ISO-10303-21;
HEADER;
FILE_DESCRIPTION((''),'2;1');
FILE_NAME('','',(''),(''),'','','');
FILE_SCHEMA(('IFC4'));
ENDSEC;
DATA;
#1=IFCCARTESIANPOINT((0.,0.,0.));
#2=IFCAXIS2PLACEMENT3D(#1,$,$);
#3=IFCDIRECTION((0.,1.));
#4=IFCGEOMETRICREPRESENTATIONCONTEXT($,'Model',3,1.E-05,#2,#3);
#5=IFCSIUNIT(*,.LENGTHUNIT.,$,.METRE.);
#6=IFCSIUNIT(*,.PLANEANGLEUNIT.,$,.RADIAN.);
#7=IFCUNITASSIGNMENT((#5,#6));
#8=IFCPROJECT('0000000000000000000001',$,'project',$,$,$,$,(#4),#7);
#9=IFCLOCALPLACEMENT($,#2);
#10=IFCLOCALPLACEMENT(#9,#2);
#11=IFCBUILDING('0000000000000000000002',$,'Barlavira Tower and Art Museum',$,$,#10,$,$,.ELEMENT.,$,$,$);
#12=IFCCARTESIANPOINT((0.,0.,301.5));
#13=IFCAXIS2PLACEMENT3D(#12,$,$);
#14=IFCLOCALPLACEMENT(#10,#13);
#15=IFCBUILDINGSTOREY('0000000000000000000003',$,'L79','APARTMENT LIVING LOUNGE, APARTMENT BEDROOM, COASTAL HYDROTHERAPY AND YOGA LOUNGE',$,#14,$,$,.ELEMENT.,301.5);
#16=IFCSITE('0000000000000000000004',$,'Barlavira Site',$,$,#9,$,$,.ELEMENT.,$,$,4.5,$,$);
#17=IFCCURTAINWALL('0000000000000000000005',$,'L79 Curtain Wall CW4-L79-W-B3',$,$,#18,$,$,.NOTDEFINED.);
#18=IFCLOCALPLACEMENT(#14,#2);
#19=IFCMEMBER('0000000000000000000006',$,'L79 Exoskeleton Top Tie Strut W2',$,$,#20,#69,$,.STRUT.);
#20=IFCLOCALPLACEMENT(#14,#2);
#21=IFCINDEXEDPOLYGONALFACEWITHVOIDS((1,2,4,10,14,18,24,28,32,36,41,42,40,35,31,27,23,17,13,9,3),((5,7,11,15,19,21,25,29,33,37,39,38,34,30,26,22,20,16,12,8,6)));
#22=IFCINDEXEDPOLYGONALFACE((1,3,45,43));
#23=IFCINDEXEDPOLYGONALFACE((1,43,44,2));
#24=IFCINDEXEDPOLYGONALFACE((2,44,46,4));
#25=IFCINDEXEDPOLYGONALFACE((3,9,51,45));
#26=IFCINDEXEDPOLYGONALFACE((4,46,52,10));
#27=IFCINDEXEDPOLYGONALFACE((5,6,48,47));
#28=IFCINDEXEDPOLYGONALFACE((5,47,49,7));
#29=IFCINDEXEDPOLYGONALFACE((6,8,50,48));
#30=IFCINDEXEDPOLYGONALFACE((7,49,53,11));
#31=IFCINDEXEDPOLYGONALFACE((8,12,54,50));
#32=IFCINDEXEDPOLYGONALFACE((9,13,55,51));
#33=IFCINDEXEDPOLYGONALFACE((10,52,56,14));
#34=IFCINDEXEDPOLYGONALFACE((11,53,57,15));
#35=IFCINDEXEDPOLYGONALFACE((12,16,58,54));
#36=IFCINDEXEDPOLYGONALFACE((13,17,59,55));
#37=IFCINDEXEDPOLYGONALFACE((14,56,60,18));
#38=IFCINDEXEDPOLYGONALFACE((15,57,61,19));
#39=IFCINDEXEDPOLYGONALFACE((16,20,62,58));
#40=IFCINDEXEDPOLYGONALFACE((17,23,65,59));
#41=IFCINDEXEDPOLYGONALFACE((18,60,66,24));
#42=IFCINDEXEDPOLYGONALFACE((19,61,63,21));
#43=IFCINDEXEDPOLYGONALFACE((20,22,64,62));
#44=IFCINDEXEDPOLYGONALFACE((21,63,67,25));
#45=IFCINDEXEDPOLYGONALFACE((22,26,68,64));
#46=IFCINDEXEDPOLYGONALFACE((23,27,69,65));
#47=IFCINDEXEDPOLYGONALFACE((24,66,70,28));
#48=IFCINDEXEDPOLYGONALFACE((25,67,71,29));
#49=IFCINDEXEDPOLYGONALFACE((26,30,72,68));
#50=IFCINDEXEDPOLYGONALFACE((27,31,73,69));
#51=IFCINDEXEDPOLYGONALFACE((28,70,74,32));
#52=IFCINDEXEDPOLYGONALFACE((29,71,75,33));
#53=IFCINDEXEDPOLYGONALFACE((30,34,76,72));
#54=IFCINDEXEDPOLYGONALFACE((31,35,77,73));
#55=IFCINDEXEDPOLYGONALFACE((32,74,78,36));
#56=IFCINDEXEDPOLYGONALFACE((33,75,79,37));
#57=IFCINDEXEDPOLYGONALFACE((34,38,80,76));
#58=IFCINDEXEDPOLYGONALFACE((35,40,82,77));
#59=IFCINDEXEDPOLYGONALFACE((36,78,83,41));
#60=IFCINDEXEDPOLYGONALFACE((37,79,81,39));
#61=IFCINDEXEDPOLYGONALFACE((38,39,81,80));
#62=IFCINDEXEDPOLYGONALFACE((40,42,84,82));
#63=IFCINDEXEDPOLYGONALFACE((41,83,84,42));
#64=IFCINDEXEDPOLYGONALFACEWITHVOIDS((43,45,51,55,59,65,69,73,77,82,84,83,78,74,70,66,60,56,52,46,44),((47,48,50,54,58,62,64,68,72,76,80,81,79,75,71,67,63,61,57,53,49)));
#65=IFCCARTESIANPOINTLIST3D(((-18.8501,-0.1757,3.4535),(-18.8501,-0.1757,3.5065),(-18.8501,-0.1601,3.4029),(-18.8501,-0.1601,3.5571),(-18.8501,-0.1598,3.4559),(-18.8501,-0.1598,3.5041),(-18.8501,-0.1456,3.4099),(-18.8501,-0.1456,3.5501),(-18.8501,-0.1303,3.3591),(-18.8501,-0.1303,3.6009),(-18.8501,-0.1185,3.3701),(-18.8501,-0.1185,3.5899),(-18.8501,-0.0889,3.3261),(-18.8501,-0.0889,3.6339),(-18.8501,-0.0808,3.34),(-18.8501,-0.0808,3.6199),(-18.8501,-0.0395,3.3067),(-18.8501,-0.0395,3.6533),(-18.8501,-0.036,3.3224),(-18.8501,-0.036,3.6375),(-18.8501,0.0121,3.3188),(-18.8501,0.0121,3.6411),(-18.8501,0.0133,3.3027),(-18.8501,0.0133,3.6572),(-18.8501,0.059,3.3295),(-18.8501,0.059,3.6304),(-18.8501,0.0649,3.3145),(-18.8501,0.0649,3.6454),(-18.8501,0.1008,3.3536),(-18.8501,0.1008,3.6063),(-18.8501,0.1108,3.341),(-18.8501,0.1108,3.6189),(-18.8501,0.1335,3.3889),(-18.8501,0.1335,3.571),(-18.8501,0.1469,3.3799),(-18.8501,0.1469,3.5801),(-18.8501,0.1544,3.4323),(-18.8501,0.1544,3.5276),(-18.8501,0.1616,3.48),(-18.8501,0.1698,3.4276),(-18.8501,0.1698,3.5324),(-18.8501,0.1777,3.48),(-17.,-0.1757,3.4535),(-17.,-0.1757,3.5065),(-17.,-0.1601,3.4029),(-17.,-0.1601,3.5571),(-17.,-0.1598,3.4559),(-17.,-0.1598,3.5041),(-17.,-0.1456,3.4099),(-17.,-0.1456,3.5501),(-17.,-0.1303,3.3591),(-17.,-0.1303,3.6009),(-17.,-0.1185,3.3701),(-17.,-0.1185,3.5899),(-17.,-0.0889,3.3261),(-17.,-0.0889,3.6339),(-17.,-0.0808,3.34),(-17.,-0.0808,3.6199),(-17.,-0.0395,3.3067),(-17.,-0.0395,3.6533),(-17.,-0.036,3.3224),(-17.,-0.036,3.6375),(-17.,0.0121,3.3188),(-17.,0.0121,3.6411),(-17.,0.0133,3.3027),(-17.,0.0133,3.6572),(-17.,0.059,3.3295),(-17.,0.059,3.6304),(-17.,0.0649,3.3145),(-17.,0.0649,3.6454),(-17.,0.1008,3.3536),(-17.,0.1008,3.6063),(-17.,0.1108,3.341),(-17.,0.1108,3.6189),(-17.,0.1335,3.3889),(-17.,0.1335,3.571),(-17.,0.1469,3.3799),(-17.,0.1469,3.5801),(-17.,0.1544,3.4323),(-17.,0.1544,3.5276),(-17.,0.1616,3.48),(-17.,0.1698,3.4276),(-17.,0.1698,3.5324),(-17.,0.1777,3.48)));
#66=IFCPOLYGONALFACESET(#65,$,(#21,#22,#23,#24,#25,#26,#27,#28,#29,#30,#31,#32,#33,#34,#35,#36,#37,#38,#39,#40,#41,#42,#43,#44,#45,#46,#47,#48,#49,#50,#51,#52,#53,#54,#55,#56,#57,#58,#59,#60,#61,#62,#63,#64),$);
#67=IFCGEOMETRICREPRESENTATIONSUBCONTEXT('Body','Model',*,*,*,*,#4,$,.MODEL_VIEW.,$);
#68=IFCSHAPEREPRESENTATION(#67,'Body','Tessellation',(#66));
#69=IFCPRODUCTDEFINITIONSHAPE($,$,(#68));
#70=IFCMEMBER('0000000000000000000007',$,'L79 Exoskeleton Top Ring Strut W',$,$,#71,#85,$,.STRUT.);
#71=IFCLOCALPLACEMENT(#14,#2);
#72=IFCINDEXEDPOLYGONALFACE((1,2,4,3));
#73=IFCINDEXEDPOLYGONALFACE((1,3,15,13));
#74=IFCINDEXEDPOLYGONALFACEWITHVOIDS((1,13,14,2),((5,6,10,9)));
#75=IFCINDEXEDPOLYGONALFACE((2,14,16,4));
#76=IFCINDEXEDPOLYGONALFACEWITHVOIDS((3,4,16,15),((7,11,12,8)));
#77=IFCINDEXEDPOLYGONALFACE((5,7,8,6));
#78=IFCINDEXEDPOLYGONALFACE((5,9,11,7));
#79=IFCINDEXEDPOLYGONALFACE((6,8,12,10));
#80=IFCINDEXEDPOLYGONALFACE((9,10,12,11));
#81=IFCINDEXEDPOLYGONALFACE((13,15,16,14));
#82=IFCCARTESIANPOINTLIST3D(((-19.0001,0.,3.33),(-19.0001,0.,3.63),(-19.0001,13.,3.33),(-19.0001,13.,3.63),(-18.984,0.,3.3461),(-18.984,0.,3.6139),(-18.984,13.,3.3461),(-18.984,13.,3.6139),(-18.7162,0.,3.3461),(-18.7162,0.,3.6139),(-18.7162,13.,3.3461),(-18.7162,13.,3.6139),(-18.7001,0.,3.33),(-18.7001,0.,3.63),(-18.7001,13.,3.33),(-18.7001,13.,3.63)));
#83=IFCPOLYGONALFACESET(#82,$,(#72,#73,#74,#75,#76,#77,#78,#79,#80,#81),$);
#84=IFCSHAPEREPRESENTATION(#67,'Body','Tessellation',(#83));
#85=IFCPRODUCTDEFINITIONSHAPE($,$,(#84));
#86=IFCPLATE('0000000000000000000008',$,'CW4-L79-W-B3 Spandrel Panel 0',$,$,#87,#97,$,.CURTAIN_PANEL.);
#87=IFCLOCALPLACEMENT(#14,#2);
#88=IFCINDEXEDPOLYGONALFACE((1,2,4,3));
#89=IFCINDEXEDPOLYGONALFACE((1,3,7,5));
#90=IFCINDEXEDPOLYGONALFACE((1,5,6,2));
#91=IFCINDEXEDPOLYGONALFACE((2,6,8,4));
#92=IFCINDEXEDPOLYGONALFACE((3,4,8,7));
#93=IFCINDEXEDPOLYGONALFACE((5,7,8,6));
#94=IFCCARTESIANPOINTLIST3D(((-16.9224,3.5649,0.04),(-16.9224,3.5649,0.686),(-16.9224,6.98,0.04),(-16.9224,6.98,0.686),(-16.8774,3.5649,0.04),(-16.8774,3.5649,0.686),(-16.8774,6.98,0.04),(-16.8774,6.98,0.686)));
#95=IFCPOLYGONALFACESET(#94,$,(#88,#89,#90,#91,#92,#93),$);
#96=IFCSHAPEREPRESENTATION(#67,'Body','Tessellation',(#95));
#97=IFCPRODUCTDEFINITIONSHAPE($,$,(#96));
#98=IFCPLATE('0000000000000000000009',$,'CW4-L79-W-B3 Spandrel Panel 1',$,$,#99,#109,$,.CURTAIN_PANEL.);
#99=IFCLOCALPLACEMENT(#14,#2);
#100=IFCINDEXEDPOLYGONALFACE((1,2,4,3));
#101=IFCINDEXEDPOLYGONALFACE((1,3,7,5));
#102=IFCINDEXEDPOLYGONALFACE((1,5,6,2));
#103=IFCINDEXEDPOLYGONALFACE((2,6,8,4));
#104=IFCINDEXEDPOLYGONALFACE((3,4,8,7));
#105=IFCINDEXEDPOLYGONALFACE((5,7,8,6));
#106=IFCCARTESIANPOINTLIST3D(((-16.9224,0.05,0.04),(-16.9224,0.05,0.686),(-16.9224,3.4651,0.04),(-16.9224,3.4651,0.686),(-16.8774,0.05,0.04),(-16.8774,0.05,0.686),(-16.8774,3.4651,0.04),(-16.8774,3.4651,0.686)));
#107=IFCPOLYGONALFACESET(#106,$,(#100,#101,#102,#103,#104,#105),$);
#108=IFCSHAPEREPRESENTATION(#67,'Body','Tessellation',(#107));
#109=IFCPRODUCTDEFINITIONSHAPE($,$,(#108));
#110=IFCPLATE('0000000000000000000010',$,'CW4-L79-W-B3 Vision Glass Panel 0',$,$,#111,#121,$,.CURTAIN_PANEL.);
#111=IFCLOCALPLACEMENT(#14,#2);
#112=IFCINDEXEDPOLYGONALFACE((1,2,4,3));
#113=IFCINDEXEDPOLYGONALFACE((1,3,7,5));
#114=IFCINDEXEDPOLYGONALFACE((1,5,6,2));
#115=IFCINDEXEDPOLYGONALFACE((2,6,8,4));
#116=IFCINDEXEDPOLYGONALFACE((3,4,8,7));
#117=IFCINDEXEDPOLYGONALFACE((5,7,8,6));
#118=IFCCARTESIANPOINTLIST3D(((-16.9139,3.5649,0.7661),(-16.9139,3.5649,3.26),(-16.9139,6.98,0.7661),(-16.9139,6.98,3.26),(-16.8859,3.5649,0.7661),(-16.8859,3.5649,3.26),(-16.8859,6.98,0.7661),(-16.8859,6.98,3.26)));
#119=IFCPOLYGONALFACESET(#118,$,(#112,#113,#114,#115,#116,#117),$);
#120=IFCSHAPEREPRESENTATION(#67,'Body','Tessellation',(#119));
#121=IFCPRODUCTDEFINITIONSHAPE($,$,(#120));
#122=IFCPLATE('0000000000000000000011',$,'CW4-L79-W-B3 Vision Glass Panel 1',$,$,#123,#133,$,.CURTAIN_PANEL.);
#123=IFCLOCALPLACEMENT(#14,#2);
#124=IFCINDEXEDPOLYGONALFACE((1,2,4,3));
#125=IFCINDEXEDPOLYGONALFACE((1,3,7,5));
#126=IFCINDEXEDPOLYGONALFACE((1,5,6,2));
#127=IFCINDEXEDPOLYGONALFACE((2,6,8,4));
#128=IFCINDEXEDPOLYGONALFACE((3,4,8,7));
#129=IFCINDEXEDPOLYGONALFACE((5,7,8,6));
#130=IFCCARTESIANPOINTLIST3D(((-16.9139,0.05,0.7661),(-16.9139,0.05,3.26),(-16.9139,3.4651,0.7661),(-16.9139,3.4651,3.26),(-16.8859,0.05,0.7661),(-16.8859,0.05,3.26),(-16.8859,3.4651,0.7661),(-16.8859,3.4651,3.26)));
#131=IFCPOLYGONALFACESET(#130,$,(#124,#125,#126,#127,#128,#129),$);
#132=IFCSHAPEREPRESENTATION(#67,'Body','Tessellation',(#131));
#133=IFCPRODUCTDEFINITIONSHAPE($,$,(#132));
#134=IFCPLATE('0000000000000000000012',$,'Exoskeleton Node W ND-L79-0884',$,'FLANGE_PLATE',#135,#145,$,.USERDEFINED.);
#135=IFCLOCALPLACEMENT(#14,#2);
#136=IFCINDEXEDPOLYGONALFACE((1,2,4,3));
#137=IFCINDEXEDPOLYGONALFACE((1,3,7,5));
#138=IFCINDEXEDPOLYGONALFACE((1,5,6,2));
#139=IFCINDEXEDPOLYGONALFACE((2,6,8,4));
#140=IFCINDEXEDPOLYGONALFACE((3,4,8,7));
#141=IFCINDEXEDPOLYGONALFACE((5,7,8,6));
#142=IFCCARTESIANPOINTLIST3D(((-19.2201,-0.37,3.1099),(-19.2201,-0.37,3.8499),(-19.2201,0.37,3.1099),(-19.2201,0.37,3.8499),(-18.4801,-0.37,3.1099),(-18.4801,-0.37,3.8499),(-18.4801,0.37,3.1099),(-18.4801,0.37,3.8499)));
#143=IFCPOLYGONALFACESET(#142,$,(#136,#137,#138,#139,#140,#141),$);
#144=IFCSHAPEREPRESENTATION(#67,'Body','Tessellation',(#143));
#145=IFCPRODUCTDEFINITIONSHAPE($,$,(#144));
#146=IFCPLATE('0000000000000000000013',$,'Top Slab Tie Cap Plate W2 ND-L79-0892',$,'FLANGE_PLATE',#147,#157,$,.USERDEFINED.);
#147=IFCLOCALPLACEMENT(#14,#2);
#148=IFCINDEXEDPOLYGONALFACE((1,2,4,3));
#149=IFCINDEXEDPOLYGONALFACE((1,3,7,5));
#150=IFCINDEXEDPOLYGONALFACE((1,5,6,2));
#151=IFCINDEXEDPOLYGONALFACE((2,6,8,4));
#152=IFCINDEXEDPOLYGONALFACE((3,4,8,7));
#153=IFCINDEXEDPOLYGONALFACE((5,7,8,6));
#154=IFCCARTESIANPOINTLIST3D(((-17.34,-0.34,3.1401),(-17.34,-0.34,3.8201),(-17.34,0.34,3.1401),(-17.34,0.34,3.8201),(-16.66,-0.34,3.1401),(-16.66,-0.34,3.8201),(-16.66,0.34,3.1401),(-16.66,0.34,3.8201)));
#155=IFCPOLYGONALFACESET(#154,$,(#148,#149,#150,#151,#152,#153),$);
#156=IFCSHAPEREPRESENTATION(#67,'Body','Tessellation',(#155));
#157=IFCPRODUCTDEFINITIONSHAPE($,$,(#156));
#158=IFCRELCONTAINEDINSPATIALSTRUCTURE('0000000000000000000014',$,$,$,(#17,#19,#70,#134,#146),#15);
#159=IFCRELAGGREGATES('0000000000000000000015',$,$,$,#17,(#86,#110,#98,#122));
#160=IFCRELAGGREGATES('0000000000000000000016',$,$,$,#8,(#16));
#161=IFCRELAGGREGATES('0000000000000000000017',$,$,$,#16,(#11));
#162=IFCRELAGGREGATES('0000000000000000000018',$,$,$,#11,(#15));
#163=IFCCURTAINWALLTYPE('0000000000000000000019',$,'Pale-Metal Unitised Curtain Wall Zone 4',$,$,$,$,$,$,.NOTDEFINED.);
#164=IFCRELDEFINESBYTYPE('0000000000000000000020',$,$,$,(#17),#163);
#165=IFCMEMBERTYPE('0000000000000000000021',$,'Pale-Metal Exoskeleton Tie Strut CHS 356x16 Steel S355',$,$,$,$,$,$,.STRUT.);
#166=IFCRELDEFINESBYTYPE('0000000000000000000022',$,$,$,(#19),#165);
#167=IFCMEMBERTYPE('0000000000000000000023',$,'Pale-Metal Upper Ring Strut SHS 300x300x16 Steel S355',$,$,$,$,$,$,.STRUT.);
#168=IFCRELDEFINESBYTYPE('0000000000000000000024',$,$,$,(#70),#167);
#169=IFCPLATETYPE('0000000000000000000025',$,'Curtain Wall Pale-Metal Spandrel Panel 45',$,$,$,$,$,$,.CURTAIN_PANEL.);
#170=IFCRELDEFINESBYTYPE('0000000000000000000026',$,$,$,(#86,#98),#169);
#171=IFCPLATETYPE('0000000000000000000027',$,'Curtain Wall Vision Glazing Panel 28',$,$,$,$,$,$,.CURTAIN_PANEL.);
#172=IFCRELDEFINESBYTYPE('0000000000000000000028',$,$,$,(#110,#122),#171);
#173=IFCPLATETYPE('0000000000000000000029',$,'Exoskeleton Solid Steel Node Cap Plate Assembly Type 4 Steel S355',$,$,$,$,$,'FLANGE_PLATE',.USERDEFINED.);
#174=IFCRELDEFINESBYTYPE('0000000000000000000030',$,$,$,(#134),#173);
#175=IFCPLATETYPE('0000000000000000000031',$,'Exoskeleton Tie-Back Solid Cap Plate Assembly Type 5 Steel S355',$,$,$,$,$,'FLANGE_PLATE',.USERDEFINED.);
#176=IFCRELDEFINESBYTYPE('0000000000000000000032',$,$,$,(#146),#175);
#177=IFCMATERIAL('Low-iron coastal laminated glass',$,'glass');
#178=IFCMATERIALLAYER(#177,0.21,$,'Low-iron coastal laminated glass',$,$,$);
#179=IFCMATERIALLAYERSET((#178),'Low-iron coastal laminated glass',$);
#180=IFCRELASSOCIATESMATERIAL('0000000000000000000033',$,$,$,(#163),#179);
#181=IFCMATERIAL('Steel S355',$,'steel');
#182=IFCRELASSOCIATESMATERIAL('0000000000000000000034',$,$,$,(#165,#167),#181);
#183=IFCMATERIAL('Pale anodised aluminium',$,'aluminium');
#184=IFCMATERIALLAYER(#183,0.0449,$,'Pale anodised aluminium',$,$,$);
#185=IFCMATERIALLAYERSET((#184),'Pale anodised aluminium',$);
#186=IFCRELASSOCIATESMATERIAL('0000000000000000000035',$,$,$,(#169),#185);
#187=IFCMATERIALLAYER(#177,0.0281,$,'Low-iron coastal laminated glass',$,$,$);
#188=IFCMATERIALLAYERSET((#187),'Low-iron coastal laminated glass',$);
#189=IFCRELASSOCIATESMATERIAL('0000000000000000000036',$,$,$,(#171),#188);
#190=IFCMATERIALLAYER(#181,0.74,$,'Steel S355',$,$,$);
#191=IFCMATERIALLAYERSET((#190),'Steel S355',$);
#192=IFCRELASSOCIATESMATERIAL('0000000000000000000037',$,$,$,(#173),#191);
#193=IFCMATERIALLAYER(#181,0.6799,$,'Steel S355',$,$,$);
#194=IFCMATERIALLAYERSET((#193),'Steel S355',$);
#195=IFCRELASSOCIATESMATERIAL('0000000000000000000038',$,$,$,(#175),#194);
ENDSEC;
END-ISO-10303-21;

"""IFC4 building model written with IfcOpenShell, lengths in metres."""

from ifc_helpers import new_model, si_unit, direction, frame, origin, origin_2d, place, context, subcontext, project, spatial, rectangle, hollow_rectangle, hollow_circle, extrude, material, layer, layer_set, material_profile, profile_set, type_object, element, aggregate, save


model = new_model("IFC4")

# Units and contexts
model_context = context("Model", 3, precision=1e-05, world=origin(), true_north=direction((0.0, 1.0)))
body_context = subcontext(model_context, "Body", "Model", "MODEL_VIEW")
ifc_project = project(units=[si_unit("LENGTHUNIT", "METRE"), si_unit("PLANEANGLEUNIT", "RADIAN")], contexts=[model_context])

# Site, building, storey
site_placement = place(None, origin())
site = spatial("IfcSite", under=ifc_project, at=site_placement, Name="Barlavira Site", CompositionType="ELEMENT", RefElevation=4.5)
building_placement = place(site_placement, origin())
building = spatial("IfcBuilding", under=site, at=building_placement, Name="Barlavira Tower and Art Museum", CompositionType="ELEMENT")
storey_placement = place(building_placement, frame((0.0, 0.0, 301.5)))
storey = spatial("IfcBuildingStorey", under=building, at=storey_placement, Name="L79", Description="APARTMENT LIVING LOUNGE, APARTMENT BEDROOM, COASTAL HYDROTHERAPY AND YOGA LOUNGE", CompositionType="ELEMENT", Elevation=301.5)

# Curtain wall
ifc_material_1 = material(Name="Low-iron coastal laminated glass", Category="glass")
ifc_layer_1 = layer(ifc_material_1, 0.21, Name="Low-iron coastal laminated glass")
ifc_layer_set_1 = layer_set([ifc_layer_1], Name="Low-iron coastal laminated glass")
curtain_wall_type = type_object("IfcCurtainWallType", Name="Pale-Metal Unitised Curtain Wall Zone 4", PredefinedType="NOTDEFINED", material=ifc_layer_set_1)
curtain_wall_placement = place(storey_placement, origin())
curtain_wall = element("IfcCurtainWall", 1, at=curtain_wall_placement, inside=storey, type_object=curtain_wall_type, Name="L79 Curtain Wall CW4-L79-W-B3", PredefinedType="NOTDEFINED")
ifc_material_2 = material(Name="Pale anodised aluminium", Category="aluminium")

# Members
ifc_material_3 = material(Name="Steel S355", Category="steel")
ifc_material_profile_1 = material_profile(ifc_material_3, hollow_circle(Radius=0.1777, WallThickness=0.0161, at=origin_2d()), Name="CHS 355.6x16.0")
ifc_profile_set_1 = profile_set([ifc_material_profile_1], Name="Steel S355")
member_type_1 = type_object("IfcMemberType", Name="Pale-Metal Exoskeleton Tie Strut CHS 356x16 Steel S355", PredefinedType="STRUT", material=ifc_profile_set_1)
member_1_placement = place(storey_placement, frame((-18.8501, 0.0, 3.48), z_axis=(1.0, 0.0, 0.0), x_axis=(0.0, 1.0, 0.0)))
element("IfcMember", 2, at=member_1_placement, inside=storey, type_object=member_type_1, Name="L79 Exoskeleton Top Tie Strut W2", PredefinedType="STRUT", context=body_context, shape_type="SweptSolid", body=[
    extrude(hollow_circle(Radius=0.1777, WallThickness=0.0161, at=origin_2d()), origin(), (0.0, 0.0, 1.0), 1.8501),
])
ifc_material_profile_2 = material_profile(ifc_material_3, hollow_rectangle(XDim=0.3, YDim=0.3, WallThickness=0.0161, at=origin_2d()), Name="SHS 300x300x16.0")
ifc_profile_set_2 = profile_set([ifc_material_profile_2], Name="Steel S355")
member_type_2 = type_object("IfcMemberType", Name="Pale-Metal Upper Ring Strut SHS 300x300x16 Steel S355", PredefinedType="STRUT", material=ifc_profile_set_2)
member_2_placement = place(storey_placement, frame((-18.8501, 0.0, 3.48), z_axis=(0.0, 1.0, 0.0), x_axis=(-1.0, 0.0, 0.0)))
element("IfcMember", 3, at=member_2_placement, inside=storey, type_object=member_type_2, Name="L79 Exoskeleton Top Ring Strut W", PredefinedType="STRUT", context=body_context, shape_type="SweptSolid", body=[
    extrude(hollow_rectangle(XDim=0.3, YDim=0.3, WallThickness=0.0161, at=origin_2d()), origin(), (0.0, 0.0, 1.0), 13.0),
])

# Plates
ifc_layer_2 = layer(ifc_material_2, 0.0449, Name="Pale anodised aluminium")
ifc_layer_set_2 = layer_set([ifc_layer_2], Name="Pale anodised aluminium")
plate_type_1 = type_object("IfcPlateType", Name="Curtain Wall Pale-Metal Spandrel Panel 45", PredefinedType="CURTAIN_PANEL", material=ifc_layer_set_2)
plate_1_placement = place(storey_placement, frame((-16.8999, 5.2725, 0.04), z_axis=(0.0, 0.0, 1.0), x_axis=(0.0, -1.0, 0.0)))
plate_1 = element("IfcPlate", 4, at=plate_1_placement, type_object=plate_type_1, Name="CW4-L79-W-B3 Spandrel Panel 0", PredefinedType="CURTAIN_PANEL", context=body_context, shape_type="SweptSolid", body=[
    extrude(rectangle(XDim=3.415, YDim=0.0449, at=origin_2d()), origin(), (0.0, 0.0, 1.0), 0.646),
])
plate_2_placement = place(storey_placement, frame((-16.8999, 1.7576, 0.04), z_axis=(0.0, 0.0, 1.0), x_axis=(0.0, -1.0, 0.0)))
plate_2 = element("IfcPlate", 5, at=plate_2_placement, type_object=plate_type_1, Name="CW4-L79-W-B3 Spandrel Panel 1", PredefinedType="CURTAIN_PANEL", context=body_context, shape_type="SweptSolid", body=[
    extrude(rectangle(XDim=3.415, YDim=0.0449, at=origin_2d()), origin(), (0.0, 0.0, 1.0), 0.646),
])
ifc_layer_3 = layer(ifc_material_1, 0.0281, Name="Low-iron coastal laminated glass")
ifc_layer_set_3 = layer_set([ifc_layer_3], Name="Low-iron coastal laminated glass")
plate_type_2 = type_object("IfcPlateType", Name="Curtain Wall Vision Glazing Panel 28", PredefinedType="CURTAIN_PANEL", material=ifc_layer_set_3)
plate_3_placement = place(storey_placement, frame((-16.8999, 5.2725, 0.7661), z_axis=(0.0, 0.0, 1.0), x_axis=(0.0, -1.0, 0.0)))
plate_3 = element("IfcPlate", 6, at=plate_3_placement, type_object=plate_type_2, Name="CW4-L79-W-B3 Vision Glass Panel 0", PredefinedType="CURTAIN_PANEL", context=body_context, shape_type="SweptSolid", body=[
    extrude(rectangle(XDim=3.415, YDim=0.0281, at=origin_2d()), origin(), (0.0, 0.0, 1.0), 2.4939),
])
plate_4_placement = place(storey_placement, frame((-16.8999, 1.7576, 0.7661), z_axis=(0.0, 0.0, 1.0), x_axis=(0.0, -1.0, 0.0)))
plate_4 = element("IfcPlate", 7, at=plate_4_placement, type_object=plate_type_2, Name="CW4-L79-W-B3 Vision Glass Panel 1", PredefinedType="CURTAIN_PANEL", context=body_context, shape_type="SweptSolid", body=[
    extrude(rectangle(XDim=3.415, YDim=0.0281, at=origin_2d()), origin(), (0.0, 0.0, 1.0), 2.4939),
])
aggregate(curtain_wall, [plate_1, plate_3, plate_2, plate_4])

# Plates
ifc_layer_4 = layer(ifc_material_3, 0.74, Name="Steel S355")
ifc_layer_set_4 = layer_set([ifc_layer_4], Name="Steel S355")
plate_type_3 = type_object("IfcPlateType", Name="Exoskeleton Solid Steel Node Cap Plate Assembly Type 4 Steel S355", ElementType="FLANGE_PLATE", PredefinedType="USERDEFINED", material=ifc_layer_set_4)
plate_5_placement = place(storey_placement, frame((-18.8501, 0.0, 3.1099), z_axis=(0.0, 0.0, 1.0), x_axis=(1.0, 0.0, 0.0)))
element("IfcPlate", 8, at=plate_5_placement, inside=storey, type_object=plate_type_3, Name="Exoskeleton Node W ND-L79-0884", ObjectType="FLANGE_PLATE", PredefinedType="USERDEFINED", context=body_context, shape_type="SweptSolid", body=[
    extrude(rectangle(XDim=0.74, YDim=0.74, at=origin_2d()), origin(), (0.0, 0.0, 1.0), 0.74),
])
ifc_layer_5 = layer(ifc_material_3, 0.6799, Name="Steel S355")
ifc_layer_set_5 = layer_set([ifc_layer_5], Name="Steel S355")
plate_type_4 = type_object("IfcPlateType", Name="Exoskeleton Tie-Back Solid Cap Plate Assembly Type 5 Steel S355", ElementType="FLANGE_PLATE", PredefinedType="USERDEFINED", material=ifc_layer_set_5)
plate_6_placement = place(storey_placement, frame((-17.0, 0.0, 3.1401), z_axis=(0.0, 0.0, 1.0), x_axis=(1.0, 0.0, 0.0)))
element("IfcPlate", 9, at=plate_6_placement, inside=storey, type_object=plate_type_4, Name="Top Slab Tie Cap Plate W2 ND-L79-0892", ObjectType="FLANGE_PLATE", PredefinedType="USERDEFINED", context=body_context, shape_type="SweptSolid", body=[
    extrude(rectangle(XDim=0.6799, YDim=0.6799, at=origin_2d()), origin(), (0.0, 0.0, 1.0), 0.6799),
])

save(model, "model.ifc")
